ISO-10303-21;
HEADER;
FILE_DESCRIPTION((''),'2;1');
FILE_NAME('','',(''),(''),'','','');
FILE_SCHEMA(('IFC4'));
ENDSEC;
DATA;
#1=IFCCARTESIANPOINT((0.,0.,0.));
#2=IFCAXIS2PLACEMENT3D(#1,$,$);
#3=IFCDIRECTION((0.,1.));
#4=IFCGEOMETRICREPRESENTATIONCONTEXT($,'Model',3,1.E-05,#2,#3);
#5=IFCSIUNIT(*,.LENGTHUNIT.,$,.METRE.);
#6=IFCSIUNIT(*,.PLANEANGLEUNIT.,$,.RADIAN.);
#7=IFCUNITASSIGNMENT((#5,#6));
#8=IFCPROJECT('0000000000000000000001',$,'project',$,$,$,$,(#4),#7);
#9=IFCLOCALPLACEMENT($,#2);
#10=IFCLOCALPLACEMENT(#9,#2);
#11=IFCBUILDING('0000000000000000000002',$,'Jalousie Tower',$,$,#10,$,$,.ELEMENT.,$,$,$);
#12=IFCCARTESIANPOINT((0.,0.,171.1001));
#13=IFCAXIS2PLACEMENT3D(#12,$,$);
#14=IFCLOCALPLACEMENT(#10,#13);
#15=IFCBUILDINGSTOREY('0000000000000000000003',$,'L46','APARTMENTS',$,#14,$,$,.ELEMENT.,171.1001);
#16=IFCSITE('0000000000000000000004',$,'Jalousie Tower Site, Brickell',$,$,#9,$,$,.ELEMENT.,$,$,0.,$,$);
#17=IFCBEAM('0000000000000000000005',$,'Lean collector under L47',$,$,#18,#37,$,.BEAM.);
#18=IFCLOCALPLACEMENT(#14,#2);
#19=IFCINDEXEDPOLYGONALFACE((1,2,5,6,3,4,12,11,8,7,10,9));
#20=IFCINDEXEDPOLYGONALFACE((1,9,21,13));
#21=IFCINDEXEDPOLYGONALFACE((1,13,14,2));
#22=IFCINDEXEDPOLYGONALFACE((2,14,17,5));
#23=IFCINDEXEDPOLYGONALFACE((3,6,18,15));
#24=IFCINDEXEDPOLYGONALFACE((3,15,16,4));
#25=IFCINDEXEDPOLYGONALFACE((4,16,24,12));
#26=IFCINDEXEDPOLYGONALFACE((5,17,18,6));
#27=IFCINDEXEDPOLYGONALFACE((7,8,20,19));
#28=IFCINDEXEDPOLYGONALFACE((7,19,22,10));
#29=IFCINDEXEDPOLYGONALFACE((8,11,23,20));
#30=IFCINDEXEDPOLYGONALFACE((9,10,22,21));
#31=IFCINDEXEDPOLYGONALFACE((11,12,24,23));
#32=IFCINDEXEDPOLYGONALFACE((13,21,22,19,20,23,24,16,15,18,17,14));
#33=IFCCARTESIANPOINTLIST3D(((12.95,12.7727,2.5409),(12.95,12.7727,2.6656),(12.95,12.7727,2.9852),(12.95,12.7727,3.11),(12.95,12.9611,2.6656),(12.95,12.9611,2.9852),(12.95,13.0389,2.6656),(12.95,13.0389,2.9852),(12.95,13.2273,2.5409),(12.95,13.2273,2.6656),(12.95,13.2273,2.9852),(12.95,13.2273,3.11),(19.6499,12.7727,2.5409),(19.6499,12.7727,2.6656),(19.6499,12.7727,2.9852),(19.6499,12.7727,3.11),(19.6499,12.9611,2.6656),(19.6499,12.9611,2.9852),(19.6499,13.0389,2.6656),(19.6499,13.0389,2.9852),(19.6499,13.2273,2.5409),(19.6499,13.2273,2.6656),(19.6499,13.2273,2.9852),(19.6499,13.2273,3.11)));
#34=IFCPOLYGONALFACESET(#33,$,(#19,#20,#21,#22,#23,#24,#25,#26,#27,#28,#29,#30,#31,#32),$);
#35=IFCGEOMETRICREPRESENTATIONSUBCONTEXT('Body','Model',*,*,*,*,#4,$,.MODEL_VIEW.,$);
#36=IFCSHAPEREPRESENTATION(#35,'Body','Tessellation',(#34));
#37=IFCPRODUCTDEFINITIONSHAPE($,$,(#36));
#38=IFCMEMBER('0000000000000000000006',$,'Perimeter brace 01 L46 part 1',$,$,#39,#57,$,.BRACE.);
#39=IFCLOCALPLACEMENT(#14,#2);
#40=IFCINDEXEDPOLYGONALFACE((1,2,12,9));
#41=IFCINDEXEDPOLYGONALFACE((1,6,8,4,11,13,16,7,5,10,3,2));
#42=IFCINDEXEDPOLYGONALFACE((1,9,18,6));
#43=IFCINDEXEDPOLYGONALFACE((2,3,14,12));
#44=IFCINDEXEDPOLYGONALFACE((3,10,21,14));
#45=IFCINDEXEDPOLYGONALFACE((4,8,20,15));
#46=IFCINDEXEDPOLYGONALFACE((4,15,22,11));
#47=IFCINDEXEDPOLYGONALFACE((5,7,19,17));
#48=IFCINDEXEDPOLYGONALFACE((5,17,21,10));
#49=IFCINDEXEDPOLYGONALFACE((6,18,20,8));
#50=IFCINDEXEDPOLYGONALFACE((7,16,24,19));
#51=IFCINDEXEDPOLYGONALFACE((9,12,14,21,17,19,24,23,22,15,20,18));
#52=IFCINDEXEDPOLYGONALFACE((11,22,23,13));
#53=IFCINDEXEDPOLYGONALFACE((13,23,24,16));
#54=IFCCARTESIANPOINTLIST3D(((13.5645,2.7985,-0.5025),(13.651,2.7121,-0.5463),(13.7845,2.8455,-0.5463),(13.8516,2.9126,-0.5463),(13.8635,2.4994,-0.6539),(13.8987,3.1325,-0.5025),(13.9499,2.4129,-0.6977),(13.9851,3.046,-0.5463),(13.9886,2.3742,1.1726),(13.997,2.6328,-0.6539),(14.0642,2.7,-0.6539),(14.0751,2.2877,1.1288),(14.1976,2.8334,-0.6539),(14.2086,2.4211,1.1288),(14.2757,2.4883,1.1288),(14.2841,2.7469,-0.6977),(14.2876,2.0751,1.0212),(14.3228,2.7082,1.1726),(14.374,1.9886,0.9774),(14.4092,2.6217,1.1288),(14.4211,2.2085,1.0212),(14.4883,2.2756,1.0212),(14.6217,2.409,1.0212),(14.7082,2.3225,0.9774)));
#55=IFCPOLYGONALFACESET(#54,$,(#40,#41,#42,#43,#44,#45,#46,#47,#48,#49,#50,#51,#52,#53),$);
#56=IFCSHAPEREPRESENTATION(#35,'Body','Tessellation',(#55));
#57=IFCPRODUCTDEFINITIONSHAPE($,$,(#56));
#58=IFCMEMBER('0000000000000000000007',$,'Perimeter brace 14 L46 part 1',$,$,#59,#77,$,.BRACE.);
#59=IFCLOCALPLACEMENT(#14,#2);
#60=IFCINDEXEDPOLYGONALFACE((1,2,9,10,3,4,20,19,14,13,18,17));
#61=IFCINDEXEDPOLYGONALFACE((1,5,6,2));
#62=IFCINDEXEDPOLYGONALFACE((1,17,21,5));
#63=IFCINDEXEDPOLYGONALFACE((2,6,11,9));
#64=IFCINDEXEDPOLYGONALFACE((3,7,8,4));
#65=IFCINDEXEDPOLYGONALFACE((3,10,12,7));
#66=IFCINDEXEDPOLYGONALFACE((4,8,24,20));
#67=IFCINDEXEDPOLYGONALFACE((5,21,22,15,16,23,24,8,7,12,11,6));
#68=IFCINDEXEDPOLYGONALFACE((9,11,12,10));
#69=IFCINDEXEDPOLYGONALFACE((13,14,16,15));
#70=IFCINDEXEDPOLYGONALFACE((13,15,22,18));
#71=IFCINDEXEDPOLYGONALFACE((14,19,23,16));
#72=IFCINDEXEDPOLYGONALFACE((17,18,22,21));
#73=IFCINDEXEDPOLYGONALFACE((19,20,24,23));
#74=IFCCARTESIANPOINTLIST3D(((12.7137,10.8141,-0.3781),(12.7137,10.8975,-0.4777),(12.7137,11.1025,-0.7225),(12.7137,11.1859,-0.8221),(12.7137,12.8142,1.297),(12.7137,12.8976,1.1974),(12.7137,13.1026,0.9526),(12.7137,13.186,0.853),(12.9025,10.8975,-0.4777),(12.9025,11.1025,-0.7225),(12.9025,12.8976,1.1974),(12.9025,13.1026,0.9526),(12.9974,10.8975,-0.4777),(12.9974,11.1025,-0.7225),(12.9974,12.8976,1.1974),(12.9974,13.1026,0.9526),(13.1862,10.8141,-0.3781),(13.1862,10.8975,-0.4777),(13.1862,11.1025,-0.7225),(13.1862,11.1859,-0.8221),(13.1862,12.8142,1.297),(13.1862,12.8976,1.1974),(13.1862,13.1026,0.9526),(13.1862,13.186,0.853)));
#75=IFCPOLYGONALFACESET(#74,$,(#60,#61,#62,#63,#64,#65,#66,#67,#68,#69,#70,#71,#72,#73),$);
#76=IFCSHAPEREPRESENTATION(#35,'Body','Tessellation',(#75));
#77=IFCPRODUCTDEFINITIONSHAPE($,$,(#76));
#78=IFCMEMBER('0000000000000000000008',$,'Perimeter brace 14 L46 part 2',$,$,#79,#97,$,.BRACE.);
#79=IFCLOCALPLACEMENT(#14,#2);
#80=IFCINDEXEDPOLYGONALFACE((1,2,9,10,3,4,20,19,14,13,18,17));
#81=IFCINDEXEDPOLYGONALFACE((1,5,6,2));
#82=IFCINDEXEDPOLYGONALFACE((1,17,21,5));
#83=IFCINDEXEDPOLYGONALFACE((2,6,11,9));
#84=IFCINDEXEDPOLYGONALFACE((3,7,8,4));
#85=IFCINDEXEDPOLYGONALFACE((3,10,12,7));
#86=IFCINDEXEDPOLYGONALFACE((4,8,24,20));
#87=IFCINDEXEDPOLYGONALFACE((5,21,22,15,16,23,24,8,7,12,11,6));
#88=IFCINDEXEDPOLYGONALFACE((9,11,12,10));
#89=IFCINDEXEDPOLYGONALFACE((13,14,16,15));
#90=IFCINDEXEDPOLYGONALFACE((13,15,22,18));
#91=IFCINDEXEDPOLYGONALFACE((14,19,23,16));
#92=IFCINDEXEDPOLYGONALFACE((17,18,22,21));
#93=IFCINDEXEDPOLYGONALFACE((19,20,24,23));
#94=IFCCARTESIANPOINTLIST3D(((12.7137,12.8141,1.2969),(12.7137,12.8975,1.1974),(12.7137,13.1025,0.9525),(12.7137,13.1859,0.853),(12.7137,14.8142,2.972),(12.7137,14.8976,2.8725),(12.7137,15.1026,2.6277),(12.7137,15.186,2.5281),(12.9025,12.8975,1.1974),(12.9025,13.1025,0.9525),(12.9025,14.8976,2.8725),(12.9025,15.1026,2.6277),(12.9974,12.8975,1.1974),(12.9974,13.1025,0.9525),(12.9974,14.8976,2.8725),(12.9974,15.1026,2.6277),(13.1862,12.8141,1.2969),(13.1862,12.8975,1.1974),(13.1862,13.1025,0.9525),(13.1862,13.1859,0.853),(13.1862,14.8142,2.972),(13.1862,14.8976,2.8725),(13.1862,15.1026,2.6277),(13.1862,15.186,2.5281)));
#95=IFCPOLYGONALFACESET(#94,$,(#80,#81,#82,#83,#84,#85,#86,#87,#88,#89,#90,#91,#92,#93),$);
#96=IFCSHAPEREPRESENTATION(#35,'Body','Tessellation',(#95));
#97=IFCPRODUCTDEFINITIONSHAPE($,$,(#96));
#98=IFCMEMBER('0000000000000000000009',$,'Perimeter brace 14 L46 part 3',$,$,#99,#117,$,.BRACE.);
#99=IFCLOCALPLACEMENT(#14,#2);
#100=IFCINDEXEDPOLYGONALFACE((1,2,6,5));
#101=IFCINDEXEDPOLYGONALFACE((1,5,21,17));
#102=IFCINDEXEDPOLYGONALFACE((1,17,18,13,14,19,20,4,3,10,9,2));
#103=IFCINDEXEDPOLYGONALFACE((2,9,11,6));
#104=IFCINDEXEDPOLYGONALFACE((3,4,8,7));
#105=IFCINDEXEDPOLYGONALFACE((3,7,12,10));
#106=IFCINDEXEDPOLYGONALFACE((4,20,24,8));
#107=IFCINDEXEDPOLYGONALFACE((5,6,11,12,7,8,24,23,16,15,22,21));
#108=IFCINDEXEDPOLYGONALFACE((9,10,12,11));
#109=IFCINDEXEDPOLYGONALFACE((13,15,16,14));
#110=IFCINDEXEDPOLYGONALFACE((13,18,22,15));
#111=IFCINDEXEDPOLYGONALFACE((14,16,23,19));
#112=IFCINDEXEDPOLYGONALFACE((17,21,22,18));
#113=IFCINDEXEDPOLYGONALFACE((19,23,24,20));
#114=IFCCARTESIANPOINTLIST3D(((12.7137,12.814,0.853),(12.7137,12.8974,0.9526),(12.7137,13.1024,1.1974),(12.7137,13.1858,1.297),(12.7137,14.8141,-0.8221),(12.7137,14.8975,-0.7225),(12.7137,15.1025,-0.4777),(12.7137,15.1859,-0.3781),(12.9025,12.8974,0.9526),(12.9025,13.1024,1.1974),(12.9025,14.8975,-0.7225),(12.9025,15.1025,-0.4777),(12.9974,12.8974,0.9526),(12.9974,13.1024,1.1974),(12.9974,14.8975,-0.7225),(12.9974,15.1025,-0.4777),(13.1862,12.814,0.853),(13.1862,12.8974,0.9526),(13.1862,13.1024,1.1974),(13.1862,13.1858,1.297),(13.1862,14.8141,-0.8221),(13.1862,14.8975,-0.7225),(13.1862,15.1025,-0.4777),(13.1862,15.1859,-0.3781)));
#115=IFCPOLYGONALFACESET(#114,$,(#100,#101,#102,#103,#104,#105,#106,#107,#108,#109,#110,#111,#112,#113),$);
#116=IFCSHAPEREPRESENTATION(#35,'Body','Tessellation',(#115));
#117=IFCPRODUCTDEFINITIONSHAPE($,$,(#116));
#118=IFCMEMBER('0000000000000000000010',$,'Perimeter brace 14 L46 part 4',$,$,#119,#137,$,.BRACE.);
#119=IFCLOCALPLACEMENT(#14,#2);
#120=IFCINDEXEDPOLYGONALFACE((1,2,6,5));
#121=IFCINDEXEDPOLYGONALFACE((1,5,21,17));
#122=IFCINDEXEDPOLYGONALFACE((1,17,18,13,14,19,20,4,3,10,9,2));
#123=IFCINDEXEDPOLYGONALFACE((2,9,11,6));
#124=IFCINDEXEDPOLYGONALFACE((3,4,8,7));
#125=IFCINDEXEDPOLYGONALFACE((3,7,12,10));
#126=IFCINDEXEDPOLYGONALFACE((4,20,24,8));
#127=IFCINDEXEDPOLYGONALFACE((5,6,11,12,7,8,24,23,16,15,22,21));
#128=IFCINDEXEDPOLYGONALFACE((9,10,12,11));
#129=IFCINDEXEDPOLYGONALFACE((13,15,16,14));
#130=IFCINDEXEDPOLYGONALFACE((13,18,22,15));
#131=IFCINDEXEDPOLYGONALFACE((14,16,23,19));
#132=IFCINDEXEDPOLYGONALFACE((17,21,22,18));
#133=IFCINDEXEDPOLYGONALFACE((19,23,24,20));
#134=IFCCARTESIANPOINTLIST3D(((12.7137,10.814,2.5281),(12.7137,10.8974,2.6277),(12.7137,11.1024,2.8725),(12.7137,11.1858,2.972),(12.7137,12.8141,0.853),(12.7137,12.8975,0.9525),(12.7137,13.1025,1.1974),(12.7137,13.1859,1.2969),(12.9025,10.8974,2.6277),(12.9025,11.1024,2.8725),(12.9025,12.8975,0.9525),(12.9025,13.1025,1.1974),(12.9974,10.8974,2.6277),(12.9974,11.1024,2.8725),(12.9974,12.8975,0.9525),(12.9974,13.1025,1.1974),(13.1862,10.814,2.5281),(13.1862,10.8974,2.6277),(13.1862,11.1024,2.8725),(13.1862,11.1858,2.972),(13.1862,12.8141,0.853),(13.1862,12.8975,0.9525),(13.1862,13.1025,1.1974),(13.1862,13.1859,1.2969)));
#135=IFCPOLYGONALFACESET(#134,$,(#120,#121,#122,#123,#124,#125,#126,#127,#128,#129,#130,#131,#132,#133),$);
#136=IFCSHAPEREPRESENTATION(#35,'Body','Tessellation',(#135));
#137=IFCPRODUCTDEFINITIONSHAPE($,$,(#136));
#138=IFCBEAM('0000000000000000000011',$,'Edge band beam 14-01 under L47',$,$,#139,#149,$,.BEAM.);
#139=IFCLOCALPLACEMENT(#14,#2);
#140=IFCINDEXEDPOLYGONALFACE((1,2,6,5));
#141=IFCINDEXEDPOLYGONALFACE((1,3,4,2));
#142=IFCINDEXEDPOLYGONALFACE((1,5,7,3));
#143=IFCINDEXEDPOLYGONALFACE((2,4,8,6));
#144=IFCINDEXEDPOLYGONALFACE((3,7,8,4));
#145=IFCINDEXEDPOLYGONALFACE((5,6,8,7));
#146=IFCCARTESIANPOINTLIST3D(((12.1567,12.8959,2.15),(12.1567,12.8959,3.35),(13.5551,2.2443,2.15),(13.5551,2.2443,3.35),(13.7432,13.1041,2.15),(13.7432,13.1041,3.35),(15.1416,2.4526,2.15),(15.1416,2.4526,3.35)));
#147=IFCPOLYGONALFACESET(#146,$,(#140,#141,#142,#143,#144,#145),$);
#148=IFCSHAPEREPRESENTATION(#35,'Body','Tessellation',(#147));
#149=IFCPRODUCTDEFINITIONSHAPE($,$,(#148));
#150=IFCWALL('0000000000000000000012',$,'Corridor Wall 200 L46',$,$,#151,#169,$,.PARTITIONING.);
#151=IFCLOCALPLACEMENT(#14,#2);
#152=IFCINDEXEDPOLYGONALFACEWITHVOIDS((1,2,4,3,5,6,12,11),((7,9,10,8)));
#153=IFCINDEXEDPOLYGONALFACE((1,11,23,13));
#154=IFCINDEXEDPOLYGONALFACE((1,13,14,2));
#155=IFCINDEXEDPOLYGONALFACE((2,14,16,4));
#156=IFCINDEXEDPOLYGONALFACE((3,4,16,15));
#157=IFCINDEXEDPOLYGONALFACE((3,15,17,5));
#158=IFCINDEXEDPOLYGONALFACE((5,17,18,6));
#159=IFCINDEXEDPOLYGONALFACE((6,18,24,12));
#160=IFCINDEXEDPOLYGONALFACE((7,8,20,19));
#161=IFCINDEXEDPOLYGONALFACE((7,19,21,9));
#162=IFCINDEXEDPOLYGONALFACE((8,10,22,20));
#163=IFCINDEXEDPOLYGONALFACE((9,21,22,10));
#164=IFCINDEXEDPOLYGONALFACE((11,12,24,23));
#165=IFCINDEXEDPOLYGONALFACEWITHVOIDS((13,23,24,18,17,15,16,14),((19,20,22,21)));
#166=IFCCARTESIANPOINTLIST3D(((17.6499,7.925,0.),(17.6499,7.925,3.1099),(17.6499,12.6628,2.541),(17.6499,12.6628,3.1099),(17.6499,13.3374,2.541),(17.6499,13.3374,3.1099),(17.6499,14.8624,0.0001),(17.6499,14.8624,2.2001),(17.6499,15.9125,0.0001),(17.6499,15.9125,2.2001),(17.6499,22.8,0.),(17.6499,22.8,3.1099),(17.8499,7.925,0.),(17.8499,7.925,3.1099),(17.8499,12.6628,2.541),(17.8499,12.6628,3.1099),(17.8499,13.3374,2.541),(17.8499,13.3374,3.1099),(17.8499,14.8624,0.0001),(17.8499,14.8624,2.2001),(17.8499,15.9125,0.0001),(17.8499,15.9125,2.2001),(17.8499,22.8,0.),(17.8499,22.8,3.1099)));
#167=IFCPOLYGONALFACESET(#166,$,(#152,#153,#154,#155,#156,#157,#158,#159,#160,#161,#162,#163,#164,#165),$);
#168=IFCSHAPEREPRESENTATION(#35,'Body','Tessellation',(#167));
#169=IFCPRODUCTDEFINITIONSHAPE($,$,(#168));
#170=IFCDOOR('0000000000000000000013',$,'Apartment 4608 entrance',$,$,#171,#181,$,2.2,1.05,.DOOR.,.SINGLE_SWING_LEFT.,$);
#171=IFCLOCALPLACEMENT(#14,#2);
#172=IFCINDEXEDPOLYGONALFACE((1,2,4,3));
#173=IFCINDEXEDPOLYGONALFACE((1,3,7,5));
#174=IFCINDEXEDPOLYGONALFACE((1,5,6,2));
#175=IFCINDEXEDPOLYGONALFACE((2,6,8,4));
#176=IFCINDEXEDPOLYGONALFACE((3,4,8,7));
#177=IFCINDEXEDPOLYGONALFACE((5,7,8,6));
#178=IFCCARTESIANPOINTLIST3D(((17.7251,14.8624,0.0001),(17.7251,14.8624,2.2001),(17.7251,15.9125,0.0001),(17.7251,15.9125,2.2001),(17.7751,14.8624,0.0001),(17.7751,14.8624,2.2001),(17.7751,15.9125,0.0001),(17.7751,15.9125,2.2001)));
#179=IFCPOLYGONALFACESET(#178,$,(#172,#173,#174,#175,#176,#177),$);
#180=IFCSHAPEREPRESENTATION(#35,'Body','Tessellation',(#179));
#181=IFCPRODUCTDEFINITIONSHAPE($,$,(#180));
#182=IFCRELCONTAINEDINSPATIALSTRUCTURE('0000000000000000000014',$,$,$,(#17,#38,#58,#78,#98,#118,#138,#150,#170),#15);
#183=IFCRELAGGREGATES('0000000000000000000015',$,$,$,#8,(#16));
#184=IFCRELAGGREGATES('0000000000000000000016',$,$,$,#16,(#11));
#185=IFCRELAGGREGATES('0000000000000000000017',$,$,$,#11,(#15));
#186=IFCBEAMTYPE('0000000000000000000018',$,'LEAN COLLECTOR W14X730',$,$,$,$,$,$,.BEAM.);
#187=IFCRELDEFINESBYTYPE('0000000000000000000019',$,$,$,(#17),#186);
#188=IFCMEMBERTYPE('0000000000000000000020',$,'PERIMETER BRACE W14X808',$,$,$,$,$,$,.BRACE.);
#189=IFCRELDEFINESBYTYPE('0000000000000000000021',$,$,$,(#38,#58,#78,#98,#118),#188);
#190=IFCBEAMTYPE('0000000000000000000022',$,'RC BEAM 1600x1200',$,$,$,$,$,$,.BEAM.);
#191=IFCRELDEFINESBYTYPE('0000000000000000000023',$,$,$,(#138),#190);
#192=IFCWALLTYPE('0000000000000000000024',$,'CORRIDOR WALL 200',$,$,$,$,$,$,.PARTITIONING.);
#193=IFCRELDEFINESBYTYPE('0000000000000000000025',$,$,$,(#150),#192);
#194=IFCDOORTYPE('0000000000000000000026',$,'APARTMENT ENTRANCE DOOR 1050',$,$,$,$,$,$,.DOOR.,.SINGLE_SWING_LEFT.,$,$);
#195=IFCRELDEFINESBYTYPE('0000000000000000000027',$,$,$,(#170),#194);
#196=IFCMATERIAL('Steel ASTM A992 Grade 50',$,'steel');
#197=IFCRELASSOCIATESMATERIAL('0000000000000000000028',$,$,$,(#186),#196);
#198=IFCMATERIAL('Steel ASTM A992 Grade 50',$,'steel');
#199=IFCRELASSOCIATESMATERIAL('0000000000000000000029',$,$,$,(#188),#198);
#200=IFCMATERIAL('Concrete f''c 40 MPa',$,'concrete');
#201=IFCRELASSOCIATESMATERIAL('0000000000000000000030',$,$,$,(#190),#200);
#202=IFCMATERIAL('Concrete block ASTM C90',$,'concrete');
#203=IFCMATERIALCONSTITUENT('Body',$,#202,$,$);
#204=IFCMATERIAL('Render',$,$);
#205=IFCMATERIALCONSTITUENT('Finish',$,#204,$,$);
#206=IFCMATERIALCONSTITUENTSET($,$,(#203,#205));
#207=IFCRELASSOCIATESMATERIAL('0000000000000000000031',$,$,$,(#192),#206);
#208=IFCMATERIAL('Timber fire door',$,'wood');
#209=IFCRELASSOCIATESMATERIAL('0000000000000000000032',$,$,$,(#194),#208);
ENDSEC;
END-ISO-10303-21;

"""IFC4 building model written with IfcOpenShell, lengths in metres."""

from ifc_helpers import new_model, si_unit, direction, frame, frame_2d, origin, origin_2d, place, context, subcontext, project, spatial, polyline, rectangle, i_section, outline, extrude, material, constituent, constituent_set, material_profile, profile_set, type_object, element, fill, save


model = new_model("IFC4")

# Units and contexts
model_context = context("Model", 3, precision=1e-05, world=origin(), true_north=direction((0.0, 1.0)))
body_context = subcontext(model_context, "Body", "Model", "MODEL_VIEW")
ifc_project = project(units=[si_unit("LENGTHUNIT", "METRE"), si_unit("PLANEANGLEUNIT", "RADIAN")], contexts=[model_context])

# Site, building, storey
site_placement = place(None, origin())
site = spatial("IfcSite", under=ifc_project, at=site_placement, Name="Jalousie Tower Site, Brickell", CompositionType="ELEMENT", RefElevation=0.0)
building_placement = place(site_placement, origin())
building = spatial("IfcBuilding", under=site, at=building_placement, Name="Jalousie Tower", CompositionType="ELEMENT")
storey_placement = place(building_placement, frame((0.0, 0.0, 171.1001)))
storey = spatial("IfcBuildingStorey", under=building, at=storey_placement, Name="L46", Description="APARTMENTS", CompositionType="ELEMENT", Elevation=171.1001)

# Beam
ifc_material_1 = material(Name="Steel ASTM A992 Grade 50", Category="steel")
ifc_material_profile_1 = material_profile(ifc_material_1, i_section(OverallWidth=0.4546, OverallDepth=0.5691, WebThickness=0.0779, FlangeThickness=0.1248, at=origin_2d()), Name="W14X730")
ifc_profile_set_1 = profile_set([ifc_material_profile_1], Name="Steel ASTM A992 Grade 50")
beam_type_1 = type_object("IfcBeamType", Name="LEAN COLLECTOR W14X730", PredefinedType="BEAM", material=ifc_profile_set_1)
beam_1_placement = place(storey_placement, frame((12.95, 13.0, 2.8254), z_axis=(1.0, 0.0, 0.0), x_axis=(0.0, 1.0, 0.0)))
element("IfcBeam", 1, at=beam_1_placement, inside=storey, type_object=beam_type_1, Name="Lean collector under L47", PredefinedType="BEAM", context=body_context, shape_type="SweptSolid", body=[
    extrude(i_section(OverallWidth=0.4546, OverallDepth=0.5691, WebThickness=0.0779, FlangeThickness=0.1248, at=origin_2d()), origin(), (0.0, 0.0, 1.0), 6.7),
])

# Members
ifc_material_2 = material(Name="Steel ASTM A992 Grade 50", Category="steel")
ifc_material_profile_2 = material_profile(ifc_material_2, i_section(OverallWidth=0.4724, OverallDepth=0.5791, WebThickness=0.095, FlangeThickness=0.1299, at=origin_2d()), Name="W14X808")
ifc_profile_set_2 = profile_set([ifc_material_profile_2], Name="Steel ASTM A992 Grade 50")
member_type = type_object("IfcMemberType", Name="PERIMETER BRACE W14X808", PredefinedType="BRACE", material=ifc_profile_set_2)
member_placement = place(storey_placement, frame((13.9243, 2.7727, -0.6001), z_axis=(0.238346, -0.238483, 0.941444), x_axis=(0.70731, 0.706903, 0.0)))
element("IfcMember", 2, at=member_placement, inside=storey, type_object=member_type, Name="Perimeter brace 01 L46 part 1", PredefinedType="BRACE", context=body_context, shape_type="SweptSolid", body=[
    extrude(i_section(OverallWidth=0.4724, OverallDepth=0.5791, WebThickness=0.095, FlangeThickness=0.1299, at=origin_2d()), origin(), (0.0, 0.0, 1.0), 1.7793),
])
for number, where, z_axis, x_axis, name in (
    (3, (12.95, 11.0, -0.6001), (0.0, 0.766639, 0.642079), (-1.0, 0.0, 0.0), "Perimeter brace 14 L46 part 1"),
    (4, (12.95, 13.0, 1.075), (0.0, 0.766639, 0.642079), (-1.0, 0.0, 0.0), "Perimeter brace 14 L46 part 2"),
    (5, (12.95, 15.0, -0.6001), (0.0, -0.766639, 0.642079), (1.0, 0.0, 0.0), "Perimeter brace 14 L46 part 3"),
    (6, (12.95, 13.0, 1.075), (0.0, -0.766639, 0.642079), (1.0, 0.0, 0.0), "Perimeter brace 14 L46 part 4"),
):
    element("IfcMember", number, at=place(storey_placement, frame(where, z_axis=z_axis, x_axis=x_axis)), inside=storey, type_object=member_type, Name=name, PredefinedType="BRACE", context=body_context, shape_type="SweptSolid", body=[
        extrude(i_section(OverallWidth=0.4724, OverallDepth=0.5791, WebThickness=0.095, FlangeThickness=0.1299, at=origin_2d()), origin(), (0.0, 0.0, 1.0), 2.6089),
    ])

# Beam
ifc_material_3 = material(Name="Concrete f'c 40 MPa", Category="concrete")
ifc_material_profile_3 = material_profile(ifc_material_3, rectangle(XDim=1.6001, YDim=1.2, at=origin_2d()), Name="RC 1600x1200")
ifc_profile_set_3 = profile_set([ifc_material_profile_3], Name="Concrete f'c 40 MPa")
beam_type_2 = type_object("IfcBeamType", Name="RC BEAM 1600x1200", PredefinedType="BEAM", material=ifc_profile_set_3)
beam_2_placement = place(storey_placement, frame((12.95, 13.0, 2.75), z_axis=(0.130172, -0.991491, 0.0), x_axis=(0.991491, 0.130172, 0.0)))
element("IfcBeam", 7, at=beam_2_placement, inside=storey, type_object=beam_type_2, Name="Edge band beam 14-01 under L47", PredefinedType="BEAM", context=body_context, shape_type="SweptSolid", body=[
    extrude(rectangle(XDim=1.6001, YDim=1.2, at=origin_2d()), origin(), (0.0, 0.0, 1.0), 10.7429),
])

# Wall, opening, door
ifc_material_4 = material(Name="Concrete block ASTM C90", Category="concrete")
ifc_constituent_1 = constituent(ifc_material_4, Name="Body")
ifc_material_5 = material(Name="Render")
ifc_constituent_2 = constituent(ifc_material_5, Name="Finish")
ifc_constituent_set_1 = constituent_set(constituents=[ifc_constituent_1, ifc_constituent_2])
wall_type_1 = type_object("IfcWallType", Name="CORRIDOR WALL 200", PredefinedType="PARTITIONING", material=ifc_constituent_set_1)
wall_1_placement = place(storey_placement, frame((17.75, 7.925, 0.0), z_axis=(0.0, 0.0, 1.0), x_axis=(0.0, 1.0, 0.0)))
wall_1 = element("IfcWall", 8, at=wall_1_placement, inside=storey, type_object=wall_type_1, Name="Corridor Wall 200 L46", PredefinedType="PARTITIONING", context=body_context, shape_type="SweptSolid", body=[
    extrude(outline(polyline([(0.0, 0.0), (14.875, 0.0), (14.875, 3.1099), (5.4124, 3.1099), (5.4124, 2.541), (4.7378, 2.541), (4.7378, 3.1099), (0.0, 3.1099), (0.0, 0.0)])), frame((0.0, 0.1001, 0.0), z_axis=(0.0, -1.0, 0.0), x_axis=(1.0, 0.0, 0.0)), (0.0, 0.0, 1.0), 0.2),
])
opening_1_placement = place(wall_1_placement, frame((6.9375, 0.0, 0.0)))
opening_1 = element("IfcOpeningElement", 9, at=opening_1_placement, cuts=wall_1, PredefinedType="OPENING", context=body_context, shape_type="SweptSolid", body=[
    extrude(rectangle(XDim=1.05, YDim=2.2, at=frame_2d((0.5249, 1.1001))), frame((0.0, 0.1099, 0.0), z_axis=(0.0, -1.0, 0.0), x_axis=(1.0, 0.0, 0.0)), (0.0, 0.0, 1.0), 0.22),
])
ifc_material_6 = material(Name="Timber fire door", Category="wood")
door_type_1 = type_object("IfcDoorType", Name="APARTMENT ENTRANCE DOOR 1050", OperationType="SINGLE_SWING_LEFT", PredefinedType="DOOR", material=ifc_material_6)
door_1_placement = place(opening_1_placement, origin())
door_1 = element("IfcDoor", 10, at=door_1_placement, inside=storey, type_object=door_type_1, Name="Apartment 4608 entrance", OperationType="SINGLE_SWING_LEFT", OverallHeight=2.2, OverallWidth=1.05, PredefinedType="DOOR", context=body_context, shape_type="SweptSolid", body=[
    extrude(rectangle(XDim=1.05, YDim=2.2, at=frame_2d((0.5249, 1.1001))), frame((0.0, 0.0249, 0.0), z_axis=(0.0, -1.0, 0.0), x_axis=(1.0, 0.0, 0.0)), (0.0, 0.0, 1.0), 0.05),
])
fill(opening_1, door_1)

save(model, "model.ifc")
